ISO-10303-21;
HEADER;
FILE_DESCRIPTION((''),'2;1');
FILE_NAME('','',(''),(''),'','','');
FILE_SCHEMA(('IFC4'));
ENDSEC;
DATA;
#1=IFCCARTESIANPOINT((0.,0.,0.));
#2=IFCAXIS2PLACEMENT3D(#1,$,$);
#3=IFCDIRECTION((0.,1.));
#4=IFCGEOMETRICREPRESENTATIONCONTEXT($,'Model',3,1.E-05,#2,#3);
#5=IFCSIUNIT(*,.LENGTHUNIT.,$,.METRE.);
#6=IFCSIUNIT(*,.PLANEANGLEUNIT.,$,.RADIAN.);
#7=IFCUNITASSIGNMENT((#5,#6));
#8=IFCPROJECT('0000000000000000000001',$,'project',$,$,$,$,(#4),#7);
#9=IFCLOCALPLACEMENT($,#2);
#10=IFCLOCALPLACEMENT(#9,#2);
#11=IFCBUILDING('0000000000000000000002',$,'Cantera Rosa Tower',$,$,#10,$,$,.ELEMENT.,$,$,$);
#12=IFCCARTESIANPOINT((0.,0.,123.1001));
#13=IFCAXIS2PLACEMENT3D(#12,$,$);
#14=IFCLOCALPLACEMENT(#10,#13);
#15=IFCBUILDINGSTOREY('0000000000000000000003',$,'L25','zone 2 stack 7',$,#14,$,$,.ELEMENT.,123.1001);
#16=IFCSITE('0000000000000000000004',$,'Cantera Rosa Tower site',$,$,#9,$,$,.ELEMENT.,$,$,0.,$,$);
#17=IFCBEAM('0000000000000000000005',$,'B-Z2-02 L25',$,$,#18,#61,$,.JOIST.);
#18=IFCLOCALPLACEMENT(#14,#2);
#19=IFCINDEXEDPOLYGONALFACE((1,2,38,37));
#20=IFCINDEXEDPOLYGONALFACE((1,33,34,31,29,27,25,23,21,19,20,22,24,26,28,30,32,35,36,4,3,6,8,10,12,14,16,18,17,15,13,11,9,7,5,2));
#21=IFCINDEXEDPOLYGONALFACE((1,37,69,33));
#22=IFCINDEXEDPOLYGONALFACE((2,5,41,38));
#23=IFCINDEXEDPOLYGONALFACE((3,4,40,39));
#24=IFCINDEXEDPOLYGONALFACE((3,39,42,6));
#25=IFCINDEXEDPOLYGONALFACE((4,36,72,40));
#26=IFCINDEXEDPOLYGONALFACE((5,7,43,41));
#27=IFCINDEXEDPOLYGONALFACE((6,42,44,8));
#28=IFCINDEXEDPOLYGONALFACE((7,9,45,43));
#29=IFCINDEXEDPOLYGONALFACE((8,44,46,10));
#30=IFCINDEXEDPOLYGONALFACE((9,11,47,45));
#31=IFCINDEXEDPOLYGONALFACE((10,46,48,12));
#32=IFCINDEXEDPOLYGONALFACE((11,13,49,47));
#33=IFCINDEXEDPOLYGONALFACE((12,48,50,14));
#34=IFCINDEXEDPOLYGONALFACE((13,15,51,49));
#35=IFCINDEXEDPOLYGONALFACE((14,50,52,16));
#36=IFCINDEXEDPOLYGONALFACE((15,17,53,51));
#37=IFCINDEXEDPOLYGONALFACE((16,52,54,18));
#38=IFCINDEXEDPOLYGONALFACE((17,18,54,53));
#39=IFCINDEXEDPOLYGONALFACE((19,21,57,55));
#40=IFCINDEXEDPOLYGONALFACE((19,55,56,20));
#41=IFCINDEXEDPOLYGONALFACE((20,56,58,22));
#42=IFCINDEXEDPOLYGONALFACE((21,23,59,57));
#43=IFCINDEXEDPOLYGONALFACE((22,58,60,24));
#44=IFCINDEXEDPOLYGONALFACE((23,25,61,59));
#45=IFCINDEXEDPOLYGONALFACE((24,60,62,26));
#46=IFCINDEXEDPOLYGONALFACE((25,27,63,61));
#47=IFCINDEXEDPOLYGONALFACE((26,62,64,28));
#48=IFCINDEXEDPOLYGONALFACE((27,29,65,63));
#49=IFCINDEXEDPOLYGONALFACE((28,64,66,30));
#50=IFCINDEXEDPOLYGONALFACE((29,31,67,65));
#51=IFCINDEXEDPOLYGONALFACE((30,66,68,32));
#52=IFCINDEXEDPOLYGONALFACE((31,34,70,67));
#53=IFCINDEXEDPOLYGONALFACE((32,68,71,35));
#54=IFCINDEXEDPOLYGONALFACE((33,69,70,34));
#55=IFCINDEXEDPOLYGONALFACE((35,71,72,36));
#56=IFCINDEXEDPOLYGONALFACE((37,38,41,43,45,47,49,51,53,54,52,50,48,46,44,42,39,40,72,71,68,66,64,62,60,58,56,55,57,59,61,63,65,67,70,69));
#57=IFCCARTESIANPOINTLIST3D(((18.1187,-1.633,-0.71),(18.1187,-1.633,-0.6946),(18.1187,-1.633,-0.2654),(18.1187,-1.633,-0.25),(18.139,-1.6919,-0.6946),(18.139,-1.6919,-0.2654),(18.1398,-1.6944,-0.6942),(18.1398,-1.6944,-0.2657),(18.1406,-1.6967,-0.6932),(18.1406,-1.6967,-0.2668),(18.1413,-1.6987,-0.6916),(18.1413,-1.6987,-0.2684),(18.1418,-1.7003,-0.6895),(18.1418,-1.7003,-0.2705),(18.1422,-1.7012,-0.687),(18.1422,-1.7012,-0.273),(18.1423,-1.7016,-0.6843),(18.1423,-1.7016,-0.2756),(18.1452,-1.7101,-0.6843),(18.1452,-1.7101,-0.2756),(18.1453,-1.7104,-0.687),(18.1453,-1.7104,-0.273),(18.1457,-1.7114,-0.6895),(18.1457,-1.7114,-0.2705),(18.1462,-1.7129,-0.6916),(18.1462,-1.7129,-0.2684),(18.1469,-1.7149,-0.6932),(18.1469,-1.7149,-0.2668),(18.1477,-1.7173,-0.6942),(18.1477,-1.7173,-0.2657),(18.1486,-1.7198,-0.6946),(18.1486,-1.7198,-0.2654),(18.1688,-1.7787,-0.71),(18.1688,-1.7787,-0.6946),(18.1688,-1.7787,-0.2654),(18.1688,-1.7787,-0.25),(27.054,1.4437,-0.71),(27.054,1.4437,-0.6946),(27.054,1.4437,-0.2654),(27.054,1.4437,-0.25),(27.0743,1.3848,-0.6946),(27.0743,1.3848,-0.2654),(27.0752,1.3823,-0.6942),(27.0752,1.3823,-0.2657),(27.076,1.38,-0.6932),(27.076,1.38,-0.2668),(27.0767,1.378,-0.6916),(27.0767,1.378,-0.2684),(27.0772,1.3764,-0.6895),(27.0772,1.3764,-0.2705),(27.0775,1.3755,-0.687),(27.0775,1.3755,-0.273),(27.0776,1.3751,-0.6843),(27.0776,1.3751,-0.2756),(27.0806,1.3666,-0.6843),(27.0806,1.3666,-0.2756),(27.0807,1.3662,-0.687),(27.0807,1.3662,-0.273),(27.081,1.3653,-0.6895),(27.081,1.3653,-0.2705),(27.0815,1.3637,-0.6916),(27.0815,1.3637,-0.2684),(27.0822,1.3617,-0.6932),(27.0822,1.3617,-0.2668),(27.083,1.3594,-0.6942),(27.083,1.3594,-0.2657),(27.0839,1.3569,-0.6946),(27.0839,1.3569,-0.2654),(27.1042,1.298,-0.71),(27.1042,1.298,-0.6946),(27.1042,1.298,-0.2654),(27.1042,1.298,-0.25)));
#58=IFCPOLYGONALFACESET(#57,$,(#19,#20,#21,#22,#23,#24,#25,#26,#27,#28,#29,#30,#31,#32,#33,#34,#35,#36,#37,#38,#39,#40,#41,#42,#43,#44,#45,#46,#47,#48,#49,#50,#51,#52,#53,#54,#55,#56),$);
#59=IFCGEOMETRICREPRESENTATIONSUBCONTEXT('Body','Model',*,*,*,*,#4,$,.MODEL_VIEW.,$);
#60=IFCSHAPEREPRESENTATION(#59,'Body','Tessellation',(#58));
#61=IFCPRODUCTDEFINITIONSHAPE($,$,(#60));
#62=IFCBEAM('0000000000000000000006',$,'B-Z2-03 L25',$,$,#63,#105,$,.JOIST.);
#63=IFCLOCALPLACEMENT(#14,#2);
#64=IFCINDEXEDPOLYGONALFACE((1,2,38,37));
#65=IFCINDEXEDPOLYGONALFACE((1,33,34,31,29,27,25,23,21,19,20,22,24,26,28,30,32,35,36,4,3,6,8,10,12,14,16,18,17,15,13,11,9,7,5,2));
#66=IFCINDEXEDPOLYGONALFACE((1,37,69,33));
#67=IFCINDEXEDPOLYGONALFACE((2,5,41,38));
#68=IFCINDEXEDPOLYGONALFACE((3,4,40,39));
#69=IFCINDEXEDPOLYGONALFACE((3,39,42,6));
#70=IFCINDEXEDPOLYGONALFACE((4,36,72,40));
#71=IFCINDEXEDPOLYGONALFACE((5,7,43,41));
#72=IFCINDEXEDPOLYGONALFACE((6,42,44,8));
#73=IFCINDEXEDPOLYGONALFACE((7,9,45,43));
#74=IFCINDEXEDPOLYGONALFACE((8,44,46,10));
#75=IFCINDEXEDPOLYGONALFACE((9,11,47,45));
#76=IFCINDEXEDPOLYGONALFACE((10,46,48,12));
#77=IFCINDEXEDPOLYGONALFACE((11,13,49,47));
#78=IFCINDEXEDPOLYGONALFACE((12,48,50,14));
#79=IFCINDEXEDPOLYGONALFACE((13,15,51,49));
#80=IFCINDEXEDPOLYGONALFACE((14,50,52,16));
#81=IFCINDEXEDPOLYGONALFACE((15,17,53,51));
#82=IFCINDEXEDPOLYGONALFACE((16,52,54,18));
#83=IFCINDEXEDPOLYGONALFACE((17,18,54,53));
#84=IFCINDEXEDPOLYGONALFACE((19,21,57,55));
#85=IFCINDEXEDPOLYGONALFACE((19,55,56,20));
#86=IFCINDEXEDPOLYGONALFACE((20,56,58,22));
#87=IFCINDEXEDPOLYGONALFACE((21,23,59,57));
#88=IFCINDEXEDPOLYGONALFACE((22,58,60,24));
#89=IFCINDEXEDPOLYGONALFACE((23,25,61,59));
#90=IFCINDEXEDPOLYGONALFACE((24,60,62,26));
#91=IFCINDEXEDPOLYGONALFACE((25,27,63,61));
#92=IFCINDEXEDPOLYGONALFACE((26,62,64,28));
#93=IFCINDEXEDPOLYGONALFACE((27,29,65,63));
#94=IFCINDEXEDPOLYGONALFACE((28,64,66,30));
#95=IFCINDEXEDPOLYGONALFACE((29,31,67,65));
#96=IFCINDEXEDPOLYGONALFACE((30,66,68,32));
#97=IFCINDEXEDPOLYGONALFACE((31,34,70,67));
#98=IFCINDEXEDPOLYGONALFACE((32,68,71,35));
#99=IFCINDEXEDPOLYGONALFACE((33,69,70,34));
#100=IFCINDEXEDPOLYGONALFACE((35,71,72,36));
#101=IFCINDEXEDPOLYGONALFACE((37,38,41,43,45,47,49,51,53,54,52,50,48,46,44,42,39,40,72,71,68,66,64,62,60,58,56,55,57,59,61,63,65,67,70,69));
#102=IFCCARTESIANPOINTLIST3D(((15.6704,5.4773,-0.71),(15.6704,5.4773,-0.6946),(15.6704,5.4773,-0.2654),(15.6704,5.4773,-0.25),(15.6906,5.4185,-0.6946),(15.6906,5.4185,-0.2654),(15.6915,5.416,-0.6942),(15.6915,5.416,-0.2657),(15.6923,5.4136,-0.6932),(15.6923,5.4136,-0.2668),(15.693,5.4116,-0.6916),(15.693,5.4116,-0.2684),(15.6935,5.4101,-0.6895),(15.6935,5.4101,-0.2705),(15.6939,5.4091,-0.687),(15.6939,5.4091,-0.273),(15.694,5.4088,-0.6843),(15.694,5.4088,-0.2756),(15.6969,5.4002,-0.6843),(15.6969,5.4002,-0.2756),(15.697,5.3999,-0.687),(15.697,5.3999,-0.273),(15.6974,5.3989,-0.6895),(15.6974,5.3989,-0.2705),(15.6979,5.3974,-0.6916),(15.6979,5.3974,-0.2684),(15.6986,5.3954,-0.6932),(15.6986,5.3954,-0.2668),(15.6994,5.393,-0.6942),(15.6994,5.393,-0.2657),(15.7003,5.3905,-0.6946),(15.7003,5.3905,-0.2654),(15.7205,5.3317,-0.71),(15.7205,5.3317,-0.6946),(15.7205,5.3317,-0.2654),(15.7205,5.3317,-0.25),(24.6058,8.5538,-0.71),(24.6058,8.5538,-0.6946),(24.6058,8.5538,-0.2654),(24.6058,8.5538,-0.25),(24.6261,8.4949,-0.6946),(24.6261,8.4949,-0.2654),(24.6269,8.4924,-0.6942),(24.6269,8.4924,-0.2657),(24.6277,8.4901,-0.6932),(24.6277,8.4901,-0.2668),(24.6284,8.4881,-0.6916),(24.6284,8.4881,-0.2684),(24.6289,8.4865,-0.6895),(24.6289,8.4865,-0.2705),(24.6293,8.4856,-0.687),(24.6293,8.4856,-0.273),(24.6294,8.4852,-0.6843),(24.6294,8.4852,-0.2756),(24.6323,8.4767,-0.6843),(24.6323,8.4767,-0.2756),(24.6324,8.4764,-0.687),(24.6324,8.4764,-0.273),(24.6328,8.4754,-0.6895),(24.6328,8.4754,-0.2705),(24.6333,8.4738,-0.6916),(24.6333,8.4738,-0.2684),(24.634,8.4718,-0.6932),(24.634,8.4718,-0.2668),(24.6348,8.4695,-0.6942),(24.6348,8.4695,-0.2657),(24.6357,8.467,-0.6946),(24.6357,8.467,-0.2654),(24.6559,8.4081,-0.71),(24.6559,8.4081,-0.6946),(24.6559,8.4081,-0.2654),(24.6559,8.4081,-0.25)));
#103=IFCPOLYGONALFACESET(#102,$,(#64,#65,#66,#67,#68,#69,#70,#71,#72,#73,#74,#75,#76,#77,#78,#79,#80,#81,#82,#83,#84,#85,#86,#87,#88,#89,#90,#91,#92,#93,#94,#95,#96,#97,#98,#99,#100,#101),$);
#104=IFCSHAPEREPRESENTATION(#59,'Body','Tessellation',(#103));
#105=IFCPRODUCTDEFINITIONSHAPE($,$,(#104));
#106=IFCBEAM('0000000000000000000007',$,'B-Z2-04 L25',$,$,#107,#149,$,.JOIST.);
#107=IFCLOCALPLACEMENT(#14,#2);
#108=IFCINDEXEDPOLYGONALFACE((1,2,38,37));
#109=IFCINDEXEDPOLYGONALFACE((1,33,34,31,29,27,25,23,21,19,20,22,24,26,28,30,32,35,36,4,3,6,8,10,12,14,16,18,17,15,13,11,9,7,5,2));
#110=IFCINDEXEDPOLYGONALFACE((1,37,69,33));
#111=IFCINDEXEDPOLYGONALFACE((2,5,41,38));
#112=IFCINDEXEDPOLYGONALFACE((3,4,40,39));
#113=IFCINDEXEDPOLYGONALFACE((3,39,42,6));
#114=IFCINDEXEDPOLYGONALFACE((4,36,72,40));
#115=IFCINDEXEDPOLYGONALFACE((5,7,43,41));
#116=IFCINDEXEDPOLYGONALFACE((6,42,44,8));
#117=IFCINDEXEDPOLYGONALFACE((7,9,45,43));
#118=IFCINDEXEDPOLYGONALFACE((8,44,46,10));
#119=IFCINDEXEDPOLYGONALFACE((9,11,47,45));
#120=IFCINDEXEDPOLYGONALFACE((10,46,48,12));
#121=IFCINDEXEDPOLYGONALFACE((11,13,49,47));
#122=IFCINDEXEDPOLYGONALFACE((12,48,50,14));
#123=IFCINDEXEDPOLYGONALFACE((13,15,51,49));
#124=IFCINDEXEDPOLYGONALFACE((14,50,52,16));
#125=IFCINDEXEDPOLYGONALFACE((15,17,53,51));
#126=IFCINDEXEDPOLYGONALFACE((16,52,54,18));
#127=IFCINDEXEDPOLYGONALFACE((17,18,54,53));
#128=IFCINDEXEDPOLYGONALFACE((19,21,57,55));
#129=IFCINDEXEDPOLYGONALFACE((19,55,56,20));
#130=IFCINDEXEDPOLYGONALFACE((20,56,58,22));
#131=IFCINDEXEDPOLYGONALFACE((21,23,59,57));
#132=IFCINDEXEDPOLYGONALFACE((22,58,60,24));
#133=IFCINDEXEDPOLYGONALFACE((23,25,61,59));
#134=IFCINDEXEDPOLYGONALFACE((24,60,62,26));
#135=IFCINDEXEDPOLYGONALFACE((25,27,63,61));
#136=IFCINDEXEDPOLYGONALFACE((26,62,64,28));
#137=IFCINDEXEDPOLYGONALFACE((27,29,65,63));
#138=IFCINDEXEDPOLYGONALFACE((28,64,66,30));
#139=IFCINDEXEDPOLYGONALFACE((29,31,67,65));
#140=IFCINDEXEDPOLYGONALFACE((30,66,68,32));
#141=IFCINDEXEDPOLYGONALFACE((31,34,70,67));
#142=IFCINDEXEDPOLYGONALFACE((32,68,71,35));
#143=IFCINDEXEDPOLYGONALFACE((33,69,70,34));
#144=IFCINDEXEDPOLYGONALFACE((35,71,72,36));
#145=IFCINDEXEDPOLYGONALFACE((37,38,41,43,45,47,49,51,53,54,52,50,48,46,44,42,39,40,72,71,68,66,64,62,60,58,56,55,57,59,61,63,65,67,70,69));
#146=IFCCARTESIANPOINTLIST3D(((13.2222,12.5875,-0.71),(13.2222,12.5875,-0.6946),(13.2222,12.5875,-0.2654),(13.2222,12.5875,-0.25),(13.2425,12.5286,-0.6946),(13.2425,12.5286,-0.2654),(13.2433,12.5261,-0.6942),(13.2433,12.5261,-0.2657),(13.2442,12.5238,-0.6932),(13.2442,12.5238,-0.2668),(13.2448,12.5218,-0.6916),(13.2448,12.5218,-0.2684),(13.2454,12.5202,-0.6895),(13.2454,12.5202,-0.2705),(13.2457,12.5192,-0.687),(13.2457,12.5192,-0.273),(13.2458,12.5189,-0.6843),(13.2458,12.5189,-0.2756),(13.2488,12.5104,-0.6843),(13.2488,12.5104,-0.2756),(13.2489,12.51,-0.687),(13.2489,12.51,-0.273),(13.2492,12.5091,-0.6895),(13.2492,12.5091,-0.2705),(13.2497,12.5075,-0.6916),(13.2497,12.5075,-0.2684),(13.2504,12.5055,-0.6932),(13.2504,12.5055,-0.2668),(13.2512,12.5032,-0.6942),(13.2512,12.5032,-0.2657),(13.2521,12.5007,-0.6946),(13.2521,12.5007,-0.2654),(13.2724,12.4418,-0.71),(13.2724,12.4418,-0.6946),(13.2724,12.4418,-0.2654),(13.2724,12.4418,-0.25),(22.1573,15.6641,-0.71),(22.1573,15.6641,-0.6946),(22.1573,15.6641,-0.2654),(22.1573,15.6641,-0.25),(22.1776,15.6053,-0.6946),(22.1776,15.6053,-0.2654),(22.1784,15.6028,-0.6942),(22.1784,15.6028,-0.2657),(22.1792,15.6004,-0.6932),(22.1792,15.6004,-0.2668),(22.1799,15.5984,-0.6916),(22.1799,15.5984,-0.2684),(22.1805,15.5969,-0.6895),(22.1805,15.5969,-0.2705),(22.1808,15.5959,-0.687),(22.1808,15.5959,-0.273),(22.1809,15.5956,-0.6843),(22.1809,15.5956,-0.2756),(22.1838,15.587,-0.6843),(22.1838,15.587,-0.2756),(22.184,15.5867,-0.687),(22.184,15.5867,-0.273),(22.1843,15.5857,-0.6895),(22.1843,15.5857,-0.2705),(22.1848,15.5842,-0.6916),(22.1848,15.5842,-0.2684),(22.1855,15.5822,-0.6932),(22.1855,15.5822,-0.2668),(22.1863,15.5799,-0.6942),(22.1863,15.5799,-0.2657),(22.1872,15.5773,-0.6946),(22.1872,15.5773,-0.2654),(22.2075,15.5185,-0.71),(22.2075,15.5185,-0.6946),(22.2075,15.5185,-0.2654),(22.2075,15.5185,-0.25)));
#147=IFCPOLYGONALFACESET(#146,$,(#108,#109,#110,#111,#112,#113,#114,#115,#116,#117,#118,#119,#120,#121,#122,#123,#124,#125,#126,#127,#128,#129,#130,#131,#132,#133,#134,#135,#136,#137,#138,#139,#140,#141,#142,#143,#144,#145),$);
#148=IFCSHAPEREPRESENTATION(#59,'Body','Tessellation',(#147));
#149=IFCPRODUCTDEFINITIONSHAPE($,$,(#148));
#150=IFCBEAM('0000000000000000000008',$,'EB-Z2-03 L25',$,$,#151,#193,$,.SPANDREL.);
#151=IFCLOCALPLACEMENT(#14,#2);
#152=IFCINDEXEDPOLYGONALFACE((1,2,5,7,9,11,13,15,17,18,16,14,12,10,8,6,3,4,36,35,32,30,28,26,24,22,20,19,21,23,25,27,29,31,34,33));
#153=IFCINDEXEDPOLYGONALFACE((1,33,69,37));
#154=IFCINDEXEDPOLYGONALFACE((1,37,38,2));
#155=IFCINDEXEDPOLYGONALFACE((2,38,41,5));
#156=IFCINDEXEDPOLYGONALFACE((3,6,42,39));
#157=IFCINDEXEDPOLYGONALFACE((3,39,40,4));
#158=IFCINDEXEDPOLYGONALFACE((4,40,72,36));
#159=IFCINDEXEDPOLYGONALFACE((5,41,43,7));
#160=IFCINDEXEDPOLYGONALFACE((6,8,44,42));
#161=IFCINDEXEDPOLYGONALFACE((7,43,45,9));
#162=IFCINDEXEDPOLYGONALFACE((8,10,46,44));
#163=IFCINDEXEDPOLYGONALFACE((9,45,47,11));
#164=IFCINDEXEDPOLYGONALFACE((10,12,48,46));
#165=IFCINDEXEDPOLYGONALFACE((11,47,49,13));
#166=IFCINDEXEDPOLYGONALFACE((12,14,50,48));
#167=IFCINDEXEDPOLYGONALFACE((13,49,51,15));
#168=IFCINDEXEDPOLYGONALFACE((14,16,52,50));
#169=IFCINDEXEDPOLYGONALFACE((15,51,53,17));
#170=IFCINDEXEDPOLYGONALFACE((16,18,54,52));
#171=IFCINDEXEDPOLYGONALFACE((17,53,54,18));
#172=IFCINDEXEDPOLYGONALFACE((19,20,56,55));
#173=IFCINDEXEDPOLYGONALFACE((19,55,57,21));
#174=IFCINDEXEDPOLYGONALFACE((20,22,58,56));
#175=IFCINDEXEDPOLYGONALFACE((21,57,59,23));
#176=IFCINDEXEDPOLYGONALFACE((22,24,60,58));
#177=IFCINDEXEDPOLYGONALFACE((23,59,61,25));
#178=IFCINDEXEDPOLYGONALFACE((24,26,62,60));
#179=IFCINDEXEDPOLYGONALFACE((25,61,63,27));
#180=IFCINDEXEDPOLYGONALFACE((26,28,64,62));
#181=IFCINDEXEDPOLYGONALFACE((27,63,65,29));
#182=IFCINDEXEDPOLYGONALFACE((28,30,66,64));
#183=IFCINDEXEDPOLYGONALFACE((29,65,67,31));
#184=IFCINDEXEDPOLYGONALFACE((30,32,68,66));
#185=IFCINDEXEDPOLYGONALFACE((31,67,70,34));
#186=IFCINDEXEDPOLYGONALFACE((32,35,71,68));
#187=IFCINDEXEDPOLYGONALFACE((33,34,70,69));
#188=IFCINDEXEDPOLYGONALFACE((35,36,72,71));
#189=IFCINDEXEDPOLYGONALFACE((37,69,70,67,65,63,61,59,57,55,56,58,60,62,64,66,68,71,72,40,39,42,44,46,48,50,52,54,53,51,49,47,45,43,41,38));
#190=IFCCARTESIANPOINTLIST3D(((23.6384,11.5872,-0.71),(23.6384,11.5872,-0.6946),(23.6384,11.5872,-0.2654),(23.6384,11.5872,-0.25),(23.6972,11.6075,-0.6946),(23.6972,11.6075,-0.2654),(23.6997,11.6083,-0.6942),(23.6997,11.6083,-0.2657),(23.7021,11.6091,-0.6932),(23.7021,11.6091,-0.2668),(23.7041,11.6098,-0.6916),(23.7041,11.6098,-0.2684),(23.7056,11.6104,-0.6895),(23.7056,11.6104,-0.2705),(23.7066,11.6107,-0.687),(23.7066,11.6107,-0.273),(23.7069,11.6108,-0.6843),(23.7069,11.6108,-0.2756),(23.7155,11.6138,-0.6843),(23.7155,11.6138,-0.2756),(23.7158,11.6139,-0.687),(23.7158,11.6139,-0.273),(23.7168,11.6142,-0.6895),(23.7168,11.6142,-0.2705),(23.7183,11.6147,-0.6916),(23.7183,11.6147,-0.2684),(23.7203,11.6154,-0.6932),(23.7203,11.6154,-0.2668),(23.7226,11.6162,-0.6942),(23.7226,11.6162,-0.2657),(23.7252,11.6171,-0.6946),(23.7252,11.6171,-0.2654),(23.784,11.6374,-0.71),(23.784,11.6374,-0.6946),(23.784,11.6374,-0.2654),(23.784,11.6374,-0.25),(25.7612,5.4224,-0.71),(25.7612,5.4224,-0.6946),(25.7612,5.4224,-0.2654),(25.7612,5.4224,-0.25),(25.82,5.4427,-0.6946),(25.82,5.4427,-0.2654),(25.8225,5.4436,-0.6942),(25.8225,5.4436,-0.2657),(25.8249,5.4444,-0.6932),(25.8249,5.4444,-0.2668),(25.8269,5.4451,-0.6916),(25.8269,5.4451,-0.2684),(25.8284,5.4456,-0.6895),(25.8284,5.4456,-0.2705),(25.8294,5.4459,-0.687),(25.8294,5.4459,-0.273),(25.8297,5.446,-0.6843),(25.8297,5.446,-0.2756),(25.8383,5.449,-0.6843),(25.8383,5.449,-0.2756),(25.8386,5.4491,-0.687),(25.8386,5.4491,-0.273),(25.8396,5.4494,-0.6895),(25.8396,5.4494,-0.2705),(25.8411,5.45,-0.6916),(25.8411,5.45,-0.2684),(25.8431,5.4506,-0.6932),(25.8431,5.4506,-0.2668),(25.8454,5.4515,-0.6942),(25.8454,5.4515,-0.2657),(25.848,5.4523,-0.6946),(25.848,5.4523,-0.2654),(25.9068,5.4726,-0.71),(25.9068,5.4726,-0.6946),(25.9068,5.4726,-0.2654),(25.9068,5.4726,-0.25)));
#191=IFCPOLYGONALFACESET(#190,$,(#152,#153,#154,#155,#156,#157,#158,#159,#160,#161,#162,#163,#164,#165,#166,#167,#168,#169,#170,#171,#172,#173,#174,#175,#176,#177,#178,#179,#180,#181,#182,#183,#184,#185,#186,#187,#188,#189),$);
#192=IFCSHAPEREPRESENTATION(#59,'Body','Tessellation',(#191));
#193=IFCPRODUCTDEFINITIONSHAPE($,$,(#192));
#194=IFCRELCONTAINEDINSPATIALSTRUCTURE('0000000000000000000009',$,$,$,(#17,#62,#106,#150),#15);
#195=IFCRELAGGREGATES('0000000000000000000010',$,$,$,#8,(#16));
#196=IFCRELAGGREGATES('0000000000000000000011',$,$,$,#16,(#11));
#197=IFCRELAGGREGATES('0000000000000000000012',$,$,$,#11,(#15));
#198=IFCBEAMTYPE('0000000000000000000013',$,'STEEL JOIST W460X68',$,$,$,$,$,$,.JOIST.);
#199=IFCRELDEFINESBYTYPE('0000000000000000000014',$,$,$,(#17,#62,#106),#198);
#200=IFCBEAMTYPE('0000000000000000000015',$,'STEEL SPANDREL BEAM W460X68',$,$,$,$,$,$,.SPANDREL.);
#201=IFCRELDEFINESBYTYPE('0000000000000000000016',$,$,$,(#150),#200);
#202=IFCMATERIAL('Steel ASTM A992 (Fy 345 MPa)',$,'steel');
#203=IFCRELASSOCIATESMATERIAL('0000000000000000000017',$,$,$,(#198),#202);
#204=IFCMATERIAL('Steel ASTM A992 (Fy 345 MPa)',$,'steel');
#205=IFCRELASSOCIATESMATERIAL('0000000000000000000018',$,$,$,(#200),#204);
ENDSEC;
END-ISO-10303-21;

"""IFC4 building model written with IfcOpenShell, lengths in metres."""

from ifc_helpers import new_model, si_unit, direction, frame, origin, origin_2d, place, context, subcontext, project, spatial, i_section, extrude, material, material_profile, profile_set, type_object, element, save


model = new_model("IFC4")

# Units and contexts
model_context = context("Model", 3, precision=1e-05, world=origin(), true_north=direction((0.0, 1.0)))
body_context = subcontext(model_context, "Body", "Model", "MODEL_VIEW")
ifc_project = project(units=[si_unit("LENGTHUNIT", "METRE"), si_unit("PLANEANGLEUNIT", "RADIAN")], contexts=[model_context])

# Site, building, storey
site_placement = place(None, origin())
site = spatial("IfcSite", under=ifc_project, at=site_placement, Name="Cantera Rosa Tower site", CompositionType="ELEMENT", RefElevation=0.0)
building_placement = place(site_placement, origin())
building = spatial("IfcBuilding", under=site, at=building_placement, Name="Cantera Rosa Tower", CompositionType="ELEMENT")
storey_placement = place(building_placement, frame((0.0, 0.0, 123.1001)))
storey = spatial("IfcBuildingStorey", under=building, at=storey_placement, Name="L25", Description="zone 2 stack 7", CompositionType="ELEMENT", Elevation=123.1001)

# Beams
ifc_material_1 = material(Name="Steel ASTM A992 (Fy 345 MPa)", Category="steel")
ifc_material_profile_1 = material_profile(ifc_material_1, i_section(OverallWidth=0.1541, OverallDepth=0.46, WebThickness=0.009, FlangeThickness=0.0154, FilletRadius=0.0103, at=origin_2d()), Name="W460X68")
ifc_profile_set_1 = profile_set([ifc_material_profile_1], Name="Steel ASTM A992 (Fy 345 MPa)")
beam_type_1 = type_object("IfcBeamType", Name="STEEL JOIST W460X68", PredefinedType="JOIST", material=ifc_profile_set_1)
for number, where, z_axis, x_axis, name in (
    (1, (27.0791, 1.3708, -0.48), (-0.945519, -0.325567, 0.0), (0.325567, -0.945519, 0.0), "B-Z2-02 L25"),
    (2, (24.6309, 8.481, -0.48), (-0.945527, -0.325544, 0.0), (0.325544, -0.945527, 0.0), "B-Z2-03 L25"),
):
    element("IfcBeam", number, at=place(storey_placement, frame(where, z_axis=z_axis, x_axis=x_axis)), inside=storey, type_object=beam_type_1, Name=name, PredefinedType="JOIST", context=body_context, shape_type="SweptSolid", body=[
        extrude(i_section(OverallWidth=0.1541, OverallDepth=0.46, WebThickness=0.009, FlangeThickness=0.0154, FilletRadius=0.0103, at=origin_2d()), origin(), (0.0, 0.0, 1.0), 9.4502),
    ])
beam_1_placement = place(storey_placement, frame((22.1824, 15.5913, -0.48), z_axis=(-0.945516, -0.325575, 0.0), x_axis=(0.325575, -0.945516, 0.0)))
element("IfcBeam", 3, at=beam_1_placement, inside=storey, type_object=beam_type_1, Name="B-Z2-04 L25", PredefinedType="JOIST", context=body_context, shape_type="SweptSolid", body=[
    extrude(i_section(OverallWidth=0.1541, OverallDepth=0.46, WebThickness=0.009, FlangeThickness=0.0154, FilletRadius=0.0103, at=origin_2d()), origin(), (0.0, 0.0, 1.0), 9.45),
])
ifc_material_2 = material(Name="Steel ASTM A992 (Fy 345 MPa)", Category="steel")
ifc_material_profile_2 = material_profile(ifc_material_2, i_section(OverallWidth=0.1541, OverallDepth=0.46, WebThickness=0.009, FlangeThickness=0.0154, FilletRadius=0.0103, at=origin_2d()), Name="W460X68")
ifc_profile_set_2 = profile_set([ifc_material_profile_2], Name="Steel ASTM A992 (Fy 345 MPa)")
beam_type_2 = type_object("IfcBeamType", Name="STEEL SPANDREL BEAM W460X68", PredefinedType="SPANDREL", material=ifc_profile_set_2)
for number, where, z_axis, x_axis, name in (
    (4, (25.834, 5.4475, -0.48), (-0.325581, 0.945514, 0.0), (-0.945514, -0.325581, 0.0), "EB-Z2-03 L25"),
):
    element("IfcBeam", number, at=place(storey_placement, frame(where, z_axis=z_axis, x_axis=x_axis)), inside=storey, type_object=beam_type_2, Name=name, PredefinedType="SPANDREL", context=body_context, shape_type="SweptSolid", body=[
        extrude(i_section(OverallWidth=0.1541, OverallDepth=0.46, WebThickness=0.009, FlangeThickness=0.0154, FilletRadius=0.0103, at=origin_2d()), origin(), (0.0, 0.0, 1.0), 6.52),
    ])

save(model, "model.ifc")
